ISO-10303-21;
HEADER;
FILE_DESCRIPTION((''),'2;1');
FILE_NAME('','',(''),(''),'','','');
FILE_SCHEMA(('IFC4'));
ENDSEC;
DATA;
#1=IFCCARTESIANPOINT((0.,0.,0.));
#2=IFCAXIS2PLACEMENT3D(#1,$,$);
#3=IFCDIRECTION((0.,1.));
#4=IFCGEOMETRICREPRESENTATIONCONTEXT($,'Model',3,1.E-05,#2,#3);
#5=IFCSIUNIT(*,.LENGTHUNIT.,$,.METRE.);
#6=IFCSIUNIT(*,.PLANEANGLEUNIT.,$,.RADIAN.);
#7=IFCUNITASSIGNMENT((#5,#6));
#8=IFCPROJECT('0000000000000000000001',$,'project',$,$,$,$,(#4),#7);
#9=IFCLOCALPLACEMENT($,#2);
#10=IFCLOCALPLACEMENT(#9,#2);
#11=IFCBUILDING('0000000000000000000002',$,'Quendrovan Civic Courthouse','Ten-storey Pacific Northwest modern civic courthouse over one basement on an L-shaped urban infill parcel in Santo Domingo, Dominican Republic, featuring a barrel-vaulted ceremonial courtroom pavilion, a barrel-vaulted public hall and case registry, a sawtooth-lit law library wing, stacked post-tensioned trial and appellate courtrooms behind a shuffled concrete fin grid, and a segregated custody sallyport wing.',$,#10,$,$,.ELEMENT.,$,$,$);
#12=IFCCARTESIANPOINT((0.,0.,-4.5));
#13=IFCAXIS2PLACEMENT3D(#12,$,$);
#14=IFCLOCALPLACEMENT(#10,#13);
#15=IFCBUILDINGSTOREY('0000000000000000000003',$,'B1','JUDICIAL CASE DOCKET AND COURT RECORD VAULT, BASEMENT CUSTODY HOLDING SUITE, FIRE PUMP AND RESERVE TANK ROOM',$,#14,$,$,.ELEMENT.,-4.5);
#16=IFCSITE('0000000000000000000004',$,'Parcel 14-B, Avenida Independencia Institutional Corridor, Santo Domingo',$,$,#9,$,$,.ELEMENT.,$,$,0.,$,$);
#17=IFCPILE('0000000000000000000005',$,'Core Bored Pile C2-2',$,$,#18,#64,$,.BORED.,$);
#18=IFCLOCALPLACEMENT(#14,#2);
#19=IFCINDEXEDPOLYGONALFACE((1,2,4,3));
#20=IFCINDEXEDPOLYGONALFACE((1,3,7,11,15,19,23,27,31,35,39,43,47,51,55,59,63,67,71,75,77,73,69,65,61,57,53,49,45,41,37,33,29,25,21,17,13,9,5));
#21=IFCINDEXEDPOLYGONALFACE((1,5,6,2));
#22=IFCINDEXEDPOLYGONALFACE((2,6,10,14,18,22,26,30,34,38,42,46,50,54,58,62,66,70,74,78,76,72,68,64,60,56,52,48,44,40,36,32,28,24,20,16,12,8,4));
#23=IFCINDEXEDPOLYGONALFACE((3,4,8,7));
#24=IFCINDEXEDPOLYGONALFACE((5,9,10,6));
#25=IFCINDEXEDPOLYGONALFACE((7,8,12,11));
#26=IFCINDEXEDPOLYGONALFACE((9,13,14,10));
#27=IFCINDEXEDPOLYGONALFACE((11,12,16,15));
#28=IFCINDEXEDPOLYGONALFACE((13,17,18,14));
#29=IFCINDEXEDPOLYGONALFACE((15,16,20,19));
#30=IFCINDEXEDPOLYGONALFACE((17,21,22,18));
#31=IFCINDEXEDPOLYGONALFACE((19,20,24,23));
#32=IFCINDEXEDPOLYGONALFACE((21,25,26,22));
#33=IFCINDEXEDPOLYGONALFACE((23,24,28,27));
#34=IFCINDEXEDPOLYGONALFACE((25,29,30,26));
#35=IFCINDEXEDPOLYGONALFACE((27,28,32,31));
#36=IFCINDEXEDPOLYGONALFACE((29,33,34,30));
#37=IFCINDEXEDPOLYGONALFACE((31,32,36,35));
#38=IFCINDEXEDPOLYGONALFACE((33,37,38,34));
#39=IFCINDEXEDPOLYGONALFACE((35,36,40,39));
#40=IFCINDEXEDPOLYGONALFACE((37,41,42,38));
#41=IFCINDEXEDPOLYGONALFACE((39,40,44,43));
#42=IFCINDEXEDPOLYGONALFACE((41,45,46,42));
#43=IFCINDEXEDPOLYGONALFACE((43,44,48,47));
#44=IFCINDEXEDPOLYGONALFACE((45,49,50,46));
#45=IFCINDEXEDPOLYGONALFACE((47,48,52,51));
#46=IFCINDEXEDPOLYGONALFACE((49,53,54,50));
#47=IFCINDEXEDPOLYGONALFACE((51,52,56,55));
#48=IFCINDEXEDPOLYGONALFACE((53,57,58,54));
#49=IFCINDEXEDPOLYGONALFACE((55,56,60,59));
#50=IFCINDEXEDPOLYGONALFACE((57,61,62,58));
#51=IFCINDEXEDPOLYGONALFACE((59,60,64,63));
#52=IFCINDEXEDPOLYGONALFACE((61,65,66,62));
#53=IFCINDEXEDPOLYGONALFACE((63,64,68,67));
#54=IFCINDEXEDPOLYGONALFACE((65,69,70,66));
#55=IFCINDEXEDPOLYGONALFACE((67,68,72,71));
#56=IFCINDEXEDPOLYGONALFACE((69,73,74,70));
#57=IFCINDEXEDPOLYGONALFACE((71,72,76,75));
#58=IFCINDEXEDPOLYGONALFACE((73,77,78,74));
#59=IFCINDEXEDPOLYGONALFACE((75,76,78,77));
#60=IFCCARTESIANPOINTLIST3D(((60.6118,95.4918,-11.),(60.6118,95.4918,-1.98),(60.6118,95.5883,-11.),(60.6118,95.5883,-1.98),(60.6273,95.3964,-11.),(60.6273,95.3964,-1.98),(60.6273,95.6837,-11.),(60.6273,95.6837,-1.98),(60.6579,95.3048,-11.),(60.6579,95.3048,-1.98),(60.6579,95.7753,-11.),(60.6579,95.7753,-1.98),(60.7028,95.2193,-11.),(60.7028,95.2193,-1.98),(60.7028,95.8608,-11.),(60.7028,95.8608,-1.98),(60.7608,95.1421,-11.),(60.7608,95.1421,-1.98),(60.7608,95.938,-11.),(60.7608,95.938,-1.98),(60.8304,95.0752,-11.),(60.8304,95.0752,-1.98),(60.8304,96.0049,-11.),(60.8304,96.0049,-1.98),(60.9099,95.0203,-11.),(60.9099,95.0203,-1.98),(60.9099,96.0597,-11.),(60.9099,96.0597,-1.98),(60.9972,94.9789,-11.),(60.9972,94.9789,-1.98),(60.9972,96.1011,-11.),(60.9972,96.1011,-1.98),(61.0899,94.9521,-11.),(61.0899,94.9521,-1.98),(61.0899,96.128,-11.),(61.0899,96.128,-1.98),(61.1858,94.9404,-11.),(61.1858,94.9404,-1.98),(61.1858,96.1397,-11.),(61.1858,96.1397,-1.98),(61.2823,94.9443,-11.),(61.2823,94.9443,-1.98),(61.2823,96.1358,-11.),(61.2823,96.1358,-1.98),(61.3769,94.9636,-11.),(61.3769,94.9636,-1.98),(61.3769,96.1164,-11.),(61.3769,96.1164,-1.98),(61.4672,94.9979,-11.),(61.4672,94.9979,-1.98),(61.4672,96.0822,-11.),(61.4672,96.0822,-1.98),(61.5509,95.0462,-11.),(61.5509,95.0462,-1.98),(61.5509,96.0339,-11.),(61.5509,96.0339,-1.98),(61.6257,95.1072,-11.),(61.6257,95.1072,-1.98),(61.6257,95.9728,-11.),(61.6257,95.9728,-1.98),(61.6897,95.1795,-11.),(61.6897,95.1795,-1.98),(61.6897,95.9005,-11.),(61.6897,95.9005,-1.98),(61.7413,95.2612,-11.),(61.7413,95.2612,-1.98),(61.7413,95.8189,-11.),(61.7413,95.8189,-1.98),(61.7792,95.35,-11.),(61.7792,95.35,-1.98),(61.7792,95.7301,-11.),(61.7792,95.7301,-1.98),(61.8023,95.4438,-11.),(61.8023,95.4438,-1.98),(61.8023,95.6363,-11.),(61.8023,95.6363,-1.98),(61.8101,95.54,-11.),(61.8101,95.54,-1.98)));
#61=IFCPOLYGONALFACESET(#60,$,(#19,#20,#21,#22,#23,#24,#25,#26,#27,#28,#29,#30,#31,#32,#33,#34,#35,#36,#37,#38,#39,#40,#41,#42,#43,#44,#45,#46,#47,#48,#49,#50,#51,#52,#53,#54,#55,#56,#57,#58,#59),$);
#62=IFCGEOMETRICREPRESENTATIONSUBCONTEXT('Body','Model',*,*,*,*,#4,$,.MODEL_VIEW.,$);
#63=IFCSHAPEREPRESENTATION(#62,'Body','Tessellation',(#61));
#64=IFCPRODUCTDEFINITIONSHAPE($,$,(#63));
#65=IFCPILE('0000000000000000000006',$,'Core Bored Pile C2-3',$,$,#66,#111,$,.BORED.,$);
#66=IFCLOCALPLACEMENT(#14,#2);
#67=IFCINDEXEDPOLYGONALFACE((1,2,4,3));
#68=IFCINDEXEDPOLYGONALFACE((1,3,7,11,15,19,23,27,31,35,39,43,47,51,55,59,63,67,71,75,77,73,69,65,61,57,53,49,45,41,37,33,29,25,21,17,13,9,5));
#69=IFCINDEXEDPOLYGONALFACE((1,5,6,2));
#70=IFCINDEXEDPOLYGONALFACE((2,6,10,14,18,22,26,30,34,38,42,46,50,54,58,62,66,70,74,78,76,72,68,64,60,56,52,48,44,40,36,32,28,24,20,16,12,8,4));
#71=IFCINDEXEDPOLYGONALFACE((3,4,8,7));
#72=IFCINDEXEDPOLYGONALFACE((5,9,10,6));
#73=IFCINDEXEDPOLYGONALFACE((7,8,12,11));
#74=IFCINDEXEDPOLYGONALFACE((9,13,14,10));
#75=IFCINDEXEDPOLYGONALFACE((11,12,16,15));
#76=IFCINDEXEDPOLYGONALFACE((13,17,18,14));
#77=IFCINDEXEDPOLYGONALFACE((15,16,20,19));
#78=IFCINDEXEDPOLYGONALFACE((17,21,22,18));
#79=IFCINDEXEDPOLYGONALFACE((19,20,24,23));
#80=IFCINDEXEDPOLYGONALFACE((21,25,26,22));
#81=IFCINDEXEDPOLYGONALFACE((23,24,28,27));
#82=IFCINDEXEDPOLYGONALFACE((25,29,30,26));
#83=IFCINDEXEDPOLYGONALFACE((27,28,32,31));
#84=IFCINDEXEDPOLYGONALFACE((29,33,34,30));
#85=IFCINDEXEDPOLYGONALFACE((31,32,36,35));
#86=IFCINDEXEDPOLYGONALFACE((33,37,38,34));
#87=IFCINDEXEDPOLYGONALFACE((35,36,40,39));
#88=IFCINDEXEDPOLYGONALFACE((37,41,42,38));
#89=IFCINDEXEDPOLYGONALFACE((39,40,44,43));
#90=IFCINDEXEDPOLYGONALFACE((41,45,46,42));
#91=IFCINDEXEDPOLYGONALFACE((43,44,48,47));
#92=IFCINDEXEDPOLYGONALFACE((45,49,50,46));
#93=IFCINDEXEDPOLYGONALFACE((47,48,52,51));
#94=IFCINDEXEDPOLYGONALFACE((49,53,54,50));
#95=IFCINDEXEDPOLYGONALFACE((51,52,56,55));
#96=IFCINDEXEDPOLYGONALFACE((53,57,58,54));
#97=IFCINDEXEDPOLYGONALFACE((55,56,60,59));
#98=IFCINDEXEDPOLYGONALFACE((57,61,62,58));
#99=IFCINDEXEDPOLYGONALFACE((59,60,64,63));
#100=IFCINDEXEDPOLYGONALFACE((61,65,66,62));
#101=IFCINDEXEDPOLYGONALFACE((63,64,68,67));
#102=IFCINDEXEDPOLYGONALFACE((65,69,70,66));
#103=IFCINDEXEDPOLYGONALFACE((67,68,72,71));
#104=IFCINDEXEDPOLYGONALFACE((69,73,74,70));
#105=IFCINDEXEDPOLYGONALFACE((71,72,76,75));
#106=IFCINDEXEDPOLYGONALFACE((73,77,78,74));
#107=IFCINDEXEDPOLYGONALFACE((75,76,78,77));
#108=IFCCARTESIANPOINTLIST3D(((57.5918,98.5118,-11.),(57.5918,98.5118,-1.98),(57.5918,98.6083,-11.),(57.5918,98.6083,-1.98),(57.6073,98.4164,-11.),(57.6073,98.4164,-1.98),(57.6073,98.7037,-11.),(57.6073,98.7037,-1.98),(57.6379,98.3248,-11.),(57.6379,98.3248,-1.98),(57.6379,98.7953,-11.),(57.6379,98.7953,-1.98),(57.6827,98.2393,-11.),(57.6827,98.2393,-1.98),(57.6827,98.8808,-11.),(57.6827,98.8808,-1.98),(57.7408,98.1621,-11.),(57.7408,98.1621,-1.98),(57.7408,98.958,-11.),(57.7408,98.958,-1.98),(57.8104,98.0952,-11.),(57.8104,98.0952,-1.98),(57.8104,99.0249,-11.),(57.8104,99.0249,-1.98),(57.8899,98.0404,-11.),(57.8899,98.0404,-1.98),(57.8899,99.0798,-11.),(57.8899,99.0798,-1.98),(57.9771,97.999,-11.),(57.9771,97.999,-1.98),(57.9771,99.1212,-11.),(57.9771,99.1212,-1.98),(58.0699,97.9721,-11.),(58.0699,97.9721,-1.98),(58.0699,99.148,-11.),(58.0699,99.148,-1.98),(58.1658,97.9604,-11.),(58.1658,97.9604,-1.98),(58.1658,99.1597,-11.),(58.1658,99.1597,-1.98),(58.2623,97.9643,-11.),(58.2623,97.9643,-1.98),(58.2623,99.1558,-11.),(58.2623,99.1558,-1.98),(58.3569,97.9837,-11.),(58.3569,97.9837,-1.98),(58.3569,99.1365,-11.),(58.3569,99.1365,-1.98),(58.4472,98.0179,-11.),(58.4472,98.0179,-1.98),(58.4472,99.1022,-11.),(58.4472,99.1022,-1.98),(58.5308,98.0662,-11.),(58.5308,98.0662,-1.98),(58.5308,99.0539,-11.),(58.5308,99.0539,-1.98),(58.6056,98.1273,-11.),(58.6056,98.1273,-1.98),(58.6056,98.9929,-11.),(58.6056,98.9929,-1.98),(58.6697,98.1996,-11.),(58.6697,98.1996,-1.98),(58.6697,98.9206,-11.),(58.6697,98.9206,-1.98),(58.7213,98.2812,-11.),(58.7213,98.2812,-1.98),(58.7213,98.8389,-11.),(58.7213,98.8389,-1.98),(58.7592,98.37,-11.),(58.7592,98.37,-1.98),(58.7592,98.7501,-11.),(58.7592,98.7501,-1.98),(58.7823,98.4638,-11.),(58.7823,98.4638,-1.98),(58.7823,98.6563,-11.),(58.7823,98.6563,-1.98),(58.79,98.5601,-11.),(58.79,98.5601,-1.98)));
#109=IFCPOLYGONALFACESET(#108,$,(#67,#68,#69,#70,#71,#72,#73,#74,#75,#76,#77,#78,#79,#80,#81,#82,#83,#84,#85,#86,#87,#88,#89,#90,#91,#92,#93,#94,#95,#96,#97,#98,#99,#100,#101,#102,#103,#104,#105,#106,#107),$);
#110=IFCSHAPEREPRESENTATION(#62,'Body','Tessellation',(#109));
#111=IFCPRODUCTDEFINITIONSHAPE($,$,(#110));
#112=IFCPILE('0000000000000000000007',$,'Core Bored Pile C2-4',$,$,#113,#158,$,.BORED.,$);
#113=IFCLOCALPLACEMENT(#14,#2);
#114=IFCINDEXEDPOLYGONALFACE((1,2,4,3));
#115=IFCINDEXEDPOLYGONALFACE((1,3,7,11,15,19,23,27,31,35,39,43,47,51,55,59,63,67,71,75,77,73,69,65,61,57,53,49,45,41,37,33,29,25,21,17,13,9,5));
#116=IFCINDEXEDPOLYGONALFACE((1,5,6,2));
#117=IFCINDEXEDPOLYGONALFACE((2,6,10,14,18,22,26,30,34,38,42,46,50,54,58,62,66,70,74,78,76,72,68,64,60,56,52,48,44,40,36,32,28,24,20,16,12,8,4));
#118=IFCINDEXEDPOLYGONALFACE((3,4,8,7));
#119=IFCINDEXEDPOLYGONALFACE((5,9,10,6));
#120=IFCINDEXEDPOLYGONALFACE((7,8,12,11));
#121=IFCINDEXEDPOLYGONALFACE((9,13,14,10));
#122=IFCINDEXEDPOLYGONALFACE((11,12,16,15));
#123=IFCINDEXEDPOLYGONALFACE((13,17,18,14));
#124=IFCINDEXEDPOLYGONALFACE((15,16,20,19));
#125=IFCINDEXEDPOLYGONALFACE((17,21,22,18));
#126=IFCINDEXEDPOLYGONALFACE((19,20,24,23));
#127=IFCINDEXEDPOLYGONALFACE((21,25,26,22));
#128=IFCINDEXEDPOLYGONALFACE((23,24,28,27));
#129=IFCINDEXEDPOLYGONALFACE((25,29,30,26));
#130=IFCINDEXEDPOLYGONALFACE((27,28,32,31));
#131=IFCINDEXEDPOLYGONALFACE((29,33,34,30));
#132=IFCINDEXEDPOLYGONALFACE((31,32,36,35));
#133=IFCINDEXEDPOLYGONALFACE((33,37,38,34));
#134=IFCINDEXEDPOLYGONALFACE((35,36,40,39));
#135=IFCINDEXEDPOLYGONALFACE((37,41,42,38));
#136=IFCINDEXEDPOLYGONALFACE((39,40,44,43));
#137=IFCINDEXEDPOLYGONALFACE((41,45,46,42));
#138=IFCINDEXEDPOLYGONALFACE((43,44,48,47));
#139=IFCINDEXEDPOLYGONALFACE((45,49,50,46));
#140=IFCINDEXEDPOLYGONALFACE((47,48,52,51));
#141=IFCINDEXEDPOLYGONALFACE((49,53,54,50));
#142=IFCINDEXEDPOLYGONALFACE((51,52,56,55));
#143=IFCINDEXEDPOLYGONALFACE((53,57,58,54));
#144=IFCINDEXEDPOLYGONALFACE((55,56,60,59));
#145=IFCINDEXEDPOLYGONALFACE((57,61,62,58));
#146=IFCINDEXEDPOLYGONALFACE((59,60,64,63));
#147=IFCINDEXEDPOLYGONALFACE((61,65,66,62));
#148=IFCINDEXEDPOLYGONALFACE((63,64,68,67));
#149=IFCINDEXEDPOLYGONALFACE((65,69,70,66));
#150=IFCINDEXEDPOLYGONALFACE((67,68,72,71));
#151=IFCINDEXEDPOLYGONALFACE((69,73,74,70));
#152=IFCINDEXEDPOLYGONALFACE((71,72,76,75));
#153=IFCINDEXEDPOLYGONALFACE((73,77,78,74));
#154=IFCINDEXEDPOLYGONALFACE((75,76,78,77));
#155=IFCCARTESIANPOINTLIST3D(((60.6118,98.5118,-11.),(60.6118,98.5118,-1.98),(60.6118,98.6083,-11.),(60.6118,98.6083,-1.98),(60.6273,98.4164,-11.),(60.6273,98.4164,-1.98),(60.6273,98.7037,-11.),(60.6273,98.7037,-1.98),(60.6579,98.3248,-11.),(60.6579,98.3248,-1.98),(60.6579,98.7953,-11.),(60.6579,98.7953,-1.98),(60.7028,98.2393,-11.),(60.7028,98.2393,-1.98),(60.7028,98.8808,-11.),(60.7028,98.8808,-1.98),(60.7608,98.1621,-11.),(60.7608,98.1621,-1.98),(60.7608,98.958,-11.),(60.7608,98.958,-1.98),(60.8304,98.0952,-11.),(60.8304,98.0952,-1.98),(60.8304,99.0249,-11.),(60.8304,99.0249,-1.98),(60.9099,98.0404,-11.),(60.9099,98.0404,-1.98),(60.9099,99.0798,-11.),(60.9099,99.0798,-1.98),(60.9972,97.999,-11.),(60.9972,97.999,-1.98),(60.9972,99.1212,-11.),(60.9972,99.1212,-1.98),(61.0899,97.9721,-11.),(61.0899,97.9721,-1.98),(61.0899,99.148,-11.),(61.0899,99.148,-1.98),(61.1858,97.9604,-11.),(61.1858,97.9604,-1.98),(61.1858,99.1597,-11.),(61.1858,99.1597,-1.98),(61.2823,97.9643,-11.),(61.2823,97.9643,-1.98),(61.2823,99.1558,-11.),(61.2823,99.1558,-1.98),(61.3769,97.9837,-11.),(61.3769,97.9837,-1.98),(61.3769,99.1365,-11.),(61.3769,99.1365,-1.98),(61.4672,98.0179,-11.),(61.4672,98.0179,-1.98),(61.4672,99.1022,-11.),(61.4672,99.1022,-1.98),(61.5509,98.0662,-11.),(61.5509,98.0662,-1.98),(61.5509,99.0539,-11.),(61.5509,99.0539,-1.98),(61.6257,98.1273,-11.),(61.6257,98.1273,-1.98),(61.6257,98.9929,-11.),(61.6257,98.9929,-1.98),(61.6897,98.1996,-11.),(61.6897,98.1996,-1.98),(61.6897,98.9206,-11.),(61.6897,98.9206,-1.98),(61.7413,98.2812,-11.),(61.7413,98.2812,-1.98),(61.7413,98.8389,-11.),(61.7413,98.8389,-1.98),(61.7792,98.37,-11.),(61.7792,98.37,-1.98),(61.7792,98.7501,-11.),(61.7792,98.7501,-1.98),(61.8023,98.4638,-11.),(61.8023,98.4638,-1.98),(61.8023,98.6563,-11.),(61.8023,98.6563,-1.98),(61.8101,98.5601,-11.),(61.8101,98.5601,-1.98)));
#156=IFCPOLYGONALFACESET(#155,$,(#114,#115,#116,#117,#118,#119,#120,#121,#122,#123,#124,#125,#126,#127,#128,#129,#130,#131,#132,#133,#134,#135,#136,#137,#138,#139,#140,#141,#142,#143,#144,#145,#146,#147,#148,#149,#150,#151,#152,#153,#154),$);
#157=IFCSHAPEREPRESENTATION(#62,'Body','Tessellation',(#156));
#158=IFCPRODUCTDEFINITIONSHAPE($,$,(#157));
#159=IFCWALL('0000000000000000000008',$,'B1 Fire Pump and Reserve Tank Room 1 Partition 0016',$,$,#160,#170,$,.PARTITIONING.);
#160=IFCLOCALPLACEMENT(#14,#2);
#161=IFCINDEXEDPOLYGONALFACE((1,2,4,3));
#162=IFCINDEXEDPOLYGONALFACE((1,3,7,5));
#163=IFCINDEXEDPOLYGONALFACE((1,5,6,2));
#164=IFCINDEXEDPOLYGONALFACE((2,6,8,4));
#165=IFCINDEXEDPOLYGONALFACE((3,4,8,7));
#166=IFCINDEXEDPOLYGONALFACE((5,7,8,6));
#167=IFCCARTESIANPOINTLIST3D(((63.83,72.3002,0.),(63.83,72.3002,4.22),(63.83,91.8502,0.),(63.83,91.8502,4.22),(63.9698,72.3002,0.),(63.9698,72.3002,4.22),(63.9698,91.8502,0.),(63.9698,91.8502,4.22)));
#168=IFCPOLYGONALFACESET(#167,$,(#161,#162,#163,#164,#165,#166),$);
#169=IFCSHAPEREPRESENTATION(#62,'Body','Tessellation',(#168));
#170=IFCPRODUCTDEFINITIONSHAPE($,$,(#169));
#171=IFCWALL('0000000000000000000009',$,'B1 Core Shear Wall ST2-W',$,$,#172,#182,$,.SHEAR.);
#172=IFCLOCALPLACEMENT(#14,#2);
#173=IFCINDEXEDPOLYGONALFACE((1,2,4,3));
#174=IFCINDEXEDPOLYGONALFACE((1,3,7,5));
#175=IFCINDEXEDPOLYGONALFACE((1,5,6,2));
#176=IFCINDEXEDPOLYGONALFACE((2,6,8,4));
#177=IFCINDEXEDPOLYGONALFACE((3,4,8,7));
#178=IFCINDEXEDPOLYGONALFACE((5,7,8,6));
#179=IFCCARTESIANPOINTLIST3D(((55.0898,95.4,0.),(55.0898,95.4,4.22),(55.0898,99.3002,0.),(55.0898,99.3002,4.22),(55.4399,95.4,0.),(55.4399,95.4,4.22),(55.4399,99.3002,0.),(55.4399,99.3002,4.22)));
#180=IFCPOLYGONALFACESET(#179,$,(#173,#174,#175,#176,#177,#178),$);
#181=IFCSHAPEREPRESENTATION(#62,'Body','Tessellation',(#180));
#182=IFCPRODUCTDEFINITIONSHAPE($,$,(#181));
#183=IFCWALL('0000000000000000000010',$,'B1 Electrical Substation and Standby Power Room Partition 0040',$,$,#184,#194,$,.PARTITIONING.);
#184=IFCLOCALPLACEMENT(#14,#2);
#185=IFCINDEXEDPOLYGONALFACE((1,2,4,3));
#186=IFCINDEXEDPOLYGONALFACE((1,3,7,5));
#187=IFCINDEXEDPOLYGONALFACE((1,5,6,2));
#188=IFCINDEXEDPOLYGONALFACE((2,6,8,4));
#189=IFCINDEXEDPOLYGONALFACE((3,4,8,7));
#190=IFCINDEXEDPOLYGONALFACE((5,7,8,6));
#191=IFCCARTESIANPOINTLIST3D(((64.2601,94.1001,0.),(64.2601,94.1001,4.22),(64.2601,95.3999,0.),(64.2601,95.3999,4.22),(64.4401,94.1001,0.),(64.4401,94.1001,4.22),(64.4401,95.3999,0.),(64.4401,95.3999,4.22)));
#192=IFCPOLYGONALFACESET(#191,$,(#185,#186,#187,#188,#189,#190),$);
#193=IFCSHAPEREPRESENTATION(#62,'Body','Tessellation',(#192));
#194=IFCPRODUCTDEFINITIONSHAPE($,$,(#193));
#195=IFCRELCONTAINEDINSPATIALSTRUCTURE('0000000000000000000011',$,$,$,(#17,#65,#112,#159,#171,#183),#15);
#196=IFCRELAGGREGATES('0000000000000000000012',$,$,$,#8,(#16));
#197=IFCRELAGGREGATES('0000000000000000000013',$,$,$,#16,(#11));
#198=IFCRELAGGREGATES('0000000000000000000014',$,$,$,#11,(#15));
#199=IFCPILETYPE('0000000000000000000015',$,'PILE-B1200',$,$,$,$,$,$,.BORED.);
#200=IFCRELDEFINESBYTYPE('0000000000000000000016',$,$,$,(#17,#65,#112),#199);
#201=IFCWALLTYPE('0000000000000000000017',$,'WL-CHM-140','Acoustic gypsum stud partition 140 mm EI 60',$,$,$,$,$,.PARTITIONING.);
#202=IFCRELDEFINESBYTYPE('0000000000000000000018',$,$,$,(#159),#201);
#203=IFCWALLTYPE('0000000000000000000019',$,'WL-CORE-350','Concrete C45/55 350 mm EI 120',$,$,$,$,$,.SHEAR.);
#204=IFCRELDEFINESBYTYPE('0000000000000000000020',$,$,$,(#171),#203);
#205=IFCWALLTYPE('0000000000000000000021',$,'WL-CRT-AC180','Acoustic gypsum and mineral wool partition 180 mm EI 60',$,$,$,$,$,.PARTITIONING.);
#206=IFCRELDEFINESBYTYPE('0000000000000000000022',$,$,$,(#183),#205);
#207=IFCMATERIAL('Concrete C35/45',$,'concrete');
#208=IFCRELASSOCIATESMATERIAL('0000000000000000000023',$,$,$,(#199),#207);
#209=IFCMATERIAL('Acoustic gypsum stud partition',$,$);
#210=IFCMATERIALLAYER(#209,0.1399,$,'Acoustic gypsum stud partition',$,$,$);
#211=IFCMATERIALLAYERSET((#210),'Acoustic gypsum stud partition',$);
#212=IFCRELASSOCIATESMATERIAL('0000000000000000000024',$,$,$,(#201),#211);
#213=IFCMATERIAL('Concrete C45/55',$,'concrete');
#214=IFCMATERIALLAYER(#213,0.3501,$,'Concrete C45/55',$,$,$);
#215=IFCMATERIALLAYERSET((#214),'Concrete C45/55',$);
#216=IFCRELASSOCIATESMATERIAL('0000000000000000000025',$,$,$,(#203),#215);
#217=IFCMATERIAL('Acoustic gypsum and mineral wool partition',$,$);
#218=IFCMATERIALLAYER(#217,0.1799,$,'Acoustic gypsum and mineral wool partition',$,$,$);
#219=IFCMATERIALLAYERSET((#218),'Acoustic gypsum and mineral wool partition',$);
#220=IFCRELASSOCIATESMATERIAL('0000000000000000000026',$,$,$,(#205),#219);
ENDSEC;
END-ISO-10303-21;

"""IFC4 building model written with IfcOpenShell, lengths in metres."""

from ifc_helpers import new_model, si_unit, direction, frame, frame_2d, origin, origin_2d, place, context, subcontext, project, spatial, rectangle, circle, extrude, material, layer, layer_set, material_profile, profile_set, type_object, element, save


model = new_model("IFC4")

# Units and contexts
model_context = context("Model", 3, precision=1e-05, world=origin(), true_north=direction((0.0, 1.0)))
body_context = subcontext(model_context, "Body", "Model", "MODEL_VIEW")
ifc_project = project(units=[si_unit("LENGTHUNIT", "METRE"), si_unit("PLANEANGLEUNIT", "RADIAN")], contexts=[model_context])

# Site, building, storey
site_placement = place(None, origin())
site = spatial("IfcSite", under=ifc_project, at=site_placement, Name="Parcel 14-B, Avenida Independencia Institutional Corridor, Santo Domingo", CompositionType="ELEMENT", RefElevation=0.0)
building_placement = place(site_placement, origin())
building = spatial("IfcBuilding", under=site, at=building_placement, Name="Quendrovan Civic Courthouse", Description="Ten-storey Pacific Northwest modern civic courthouse over one basement on an L-shaped urban infill parcel in Santo Domingo, Dominican Republic, featuring a barrel-vaulted ceremonial courtroom pavilion, a barrel-vaulted public hall and case registry, a sawtooth-lit law library wing, stacked post-tensioned trial and appellate courtrooms behind a shuffled concrete fin grid, and a segregated custody sallyport wing.", CompositionType="ELEMENT")
storey_placement = place(building_placement, frame((0.0, 0.0, -4.5)))
storey = spatial("IfcBuildingStorey", under=building, at=storey_placement, Name="B1", Description="JUDICIAL CASE DOCKET AND COURT RECORD VAULT, BASEMENT CUSTODY HOLDING SUITE, FIRE PUMP AND RESERVE TANK ROOM", CompositionType="ELEMENT", Elevation=-4.5)

# Shared definitions
ifc_material_1 = material(Name="Concrete C35/45", Category="concrete")

# Piles
ifc_material_profile = material_profile(ifc_material_1, circle(Radius=0.6001, at=origin_2d()), Name="PILE-D1200")
ifc_profile_set = profile_set([ifc_material_profile], Name="Concrete C35/45")
pile_type = type_object("IfcPileType", Name="PILE-B1200", PredefinedType="BORED", material=ifc_profile_set)
for number, where, z_axis, x_axis, name in (
    (1, (61.21, 95.54, -1.98), (0.0, 0.0, -1.0), (1.0, 0.0, 0.0), "Core Bored Pile C2-2"),
    (2, (58.1899, 98.5601, -1.98), (0.0, 0.0, -1.0), (1.0, 0.0, 0.0), "Core Bored Pile C2-3"),
    (3, (61.21, 98.5601, -1.98), (0.0, 0.0, -1.0), (1.0, 0.0, 0.0), "Core Bored Pile C2-4"),
):
    element("IfcPile", number, at=place(storey_placement, frame(where, z_axis=z_axis, x_axis=x_axis)), inside=storey, type_object=pile_type, Name=name, PredefinedType="BORED", context=body_context, shape_type="SweptSolid", body=[
        extrude(circle(Radius=0.6001, at=origin_2d()), origin(), (0.0, 0.0, 1.0), 9.02),
    ])

# Walls
ifc_material_2 = material(Name="Acoustic gypsum stud partition")
ifc_layer_1 = layer(ifc_material_2, 0.1399, Name="Acoustic gypsum stud partition")
ifc_layer_set_1 = layer_set([ifc_layer_1], Name="Acoustic gypsum stud partition")
wall_type_1 = type_object("IfcWallType", Name="WL-CHM-140", Description="Acoustic gypsum stud partition 140 mm EI 60", PredefinedType="PARTITIONING", material=ifc_layer_set_1)
wall_1_placement = place(storey_placement, frame((63.8999, 91.8501, 0.0), z_axis=(0.0, 0.0, 1.0), x_axis=(0.0, -1.0, 0.0)))
element("IfcWall", 4, at=wall_1_placement, inside=storey, type_object=wall_type_1, Name="B1 Fire Pump and Reserve Tank Room 1 Partition 0016", PredefinedType="PARTITIONING", context=body_context, shape_type="SweptSolid", body=[
    extrude(rectangle(XDim=19.55, YDim=0.1399, at=frame_2d((9.7749, 0.0))), origin(), (0.0, 0.0, 1.0), 4.22),
])
ifc_material_3 = material(Name="Concrete C45/55", Category="concrete")
ifc_layer_2 = layer(ifc_material_3, 0.3501, Name="Concrete C45/55")
ifc_layer_set_2 = layer_set([ifc_layer_2], Name="Concrete C45/55")
wall_type_2 = type_object("IfcWallType", Name="WL-CORE-350", Description="Concrete C45/55 350 mm EI 120", PredefinedType="SHEAR", material=ifc_layer_set_2)
wall_2_placement = place(storey_placement, frame((55.2649, 95.3999, 0.0), z_axis=(0.0, 0.0, 1.0), x_axis=(0.0, 1.0, 0.0)))
element("IfcWall", 5, at=wall_2_placement, inside=storey, type_object=wall_type_2, Name="B1 Core Shear Wall ST2-W", PredefinedType="SHEAR", context=body_context, shape_type="SweptSolid", body=[
    extrude(rectangle(XDim=3.9001, YDim=0.3501, at=frame_2d((1.9502, 0.0))), origin(), (0.0, 0.0, 1.0), 4.22),
])
ifc_material_4 = material(Name="Acoustic gypsum and mineral wool partition")
ifc_layer_3 = layer(ifc_material_4, 0.1799, Name="Acoustic gypsum and mineral wool partition")
ifc_layer_set_3 = layer_set([ifc_layer_3], Name="Acoustic gypsum and mineral wool partition")
wall_type_3 = type_object("IfcWallType", Name="WL-CRT-AC180", Description="Acoustic gypsum and mineral wool partition 180 mm EI 60", PredefinedType="PARTITIONING", material=ifc_layer_set_3)
wall_3_placement = place(storey_placement, frame((64.3501, 95.3999, 0.0), z_axis=(0.0, 0.0, 1.0), x_axis=(0.0, -1.0, 0.0)))
element("IfcWall", 6, at=wall_3_placement, inside=storey, type_object=wall_type_3, Name="B1 Electrical Substation and Standby Power Room Partition 0040", PredefinedType="PARTITIONING", context=body_context, shape_type="SweptSolid", body=[
    extrude(rectangle(XDim=1.2998, YDim=0.1799, at=frame_2d((0.6499, 0.0))), origin(), (0.0, 0.0, 1.0), 4.22),
])

save(model, "model.ifc")
